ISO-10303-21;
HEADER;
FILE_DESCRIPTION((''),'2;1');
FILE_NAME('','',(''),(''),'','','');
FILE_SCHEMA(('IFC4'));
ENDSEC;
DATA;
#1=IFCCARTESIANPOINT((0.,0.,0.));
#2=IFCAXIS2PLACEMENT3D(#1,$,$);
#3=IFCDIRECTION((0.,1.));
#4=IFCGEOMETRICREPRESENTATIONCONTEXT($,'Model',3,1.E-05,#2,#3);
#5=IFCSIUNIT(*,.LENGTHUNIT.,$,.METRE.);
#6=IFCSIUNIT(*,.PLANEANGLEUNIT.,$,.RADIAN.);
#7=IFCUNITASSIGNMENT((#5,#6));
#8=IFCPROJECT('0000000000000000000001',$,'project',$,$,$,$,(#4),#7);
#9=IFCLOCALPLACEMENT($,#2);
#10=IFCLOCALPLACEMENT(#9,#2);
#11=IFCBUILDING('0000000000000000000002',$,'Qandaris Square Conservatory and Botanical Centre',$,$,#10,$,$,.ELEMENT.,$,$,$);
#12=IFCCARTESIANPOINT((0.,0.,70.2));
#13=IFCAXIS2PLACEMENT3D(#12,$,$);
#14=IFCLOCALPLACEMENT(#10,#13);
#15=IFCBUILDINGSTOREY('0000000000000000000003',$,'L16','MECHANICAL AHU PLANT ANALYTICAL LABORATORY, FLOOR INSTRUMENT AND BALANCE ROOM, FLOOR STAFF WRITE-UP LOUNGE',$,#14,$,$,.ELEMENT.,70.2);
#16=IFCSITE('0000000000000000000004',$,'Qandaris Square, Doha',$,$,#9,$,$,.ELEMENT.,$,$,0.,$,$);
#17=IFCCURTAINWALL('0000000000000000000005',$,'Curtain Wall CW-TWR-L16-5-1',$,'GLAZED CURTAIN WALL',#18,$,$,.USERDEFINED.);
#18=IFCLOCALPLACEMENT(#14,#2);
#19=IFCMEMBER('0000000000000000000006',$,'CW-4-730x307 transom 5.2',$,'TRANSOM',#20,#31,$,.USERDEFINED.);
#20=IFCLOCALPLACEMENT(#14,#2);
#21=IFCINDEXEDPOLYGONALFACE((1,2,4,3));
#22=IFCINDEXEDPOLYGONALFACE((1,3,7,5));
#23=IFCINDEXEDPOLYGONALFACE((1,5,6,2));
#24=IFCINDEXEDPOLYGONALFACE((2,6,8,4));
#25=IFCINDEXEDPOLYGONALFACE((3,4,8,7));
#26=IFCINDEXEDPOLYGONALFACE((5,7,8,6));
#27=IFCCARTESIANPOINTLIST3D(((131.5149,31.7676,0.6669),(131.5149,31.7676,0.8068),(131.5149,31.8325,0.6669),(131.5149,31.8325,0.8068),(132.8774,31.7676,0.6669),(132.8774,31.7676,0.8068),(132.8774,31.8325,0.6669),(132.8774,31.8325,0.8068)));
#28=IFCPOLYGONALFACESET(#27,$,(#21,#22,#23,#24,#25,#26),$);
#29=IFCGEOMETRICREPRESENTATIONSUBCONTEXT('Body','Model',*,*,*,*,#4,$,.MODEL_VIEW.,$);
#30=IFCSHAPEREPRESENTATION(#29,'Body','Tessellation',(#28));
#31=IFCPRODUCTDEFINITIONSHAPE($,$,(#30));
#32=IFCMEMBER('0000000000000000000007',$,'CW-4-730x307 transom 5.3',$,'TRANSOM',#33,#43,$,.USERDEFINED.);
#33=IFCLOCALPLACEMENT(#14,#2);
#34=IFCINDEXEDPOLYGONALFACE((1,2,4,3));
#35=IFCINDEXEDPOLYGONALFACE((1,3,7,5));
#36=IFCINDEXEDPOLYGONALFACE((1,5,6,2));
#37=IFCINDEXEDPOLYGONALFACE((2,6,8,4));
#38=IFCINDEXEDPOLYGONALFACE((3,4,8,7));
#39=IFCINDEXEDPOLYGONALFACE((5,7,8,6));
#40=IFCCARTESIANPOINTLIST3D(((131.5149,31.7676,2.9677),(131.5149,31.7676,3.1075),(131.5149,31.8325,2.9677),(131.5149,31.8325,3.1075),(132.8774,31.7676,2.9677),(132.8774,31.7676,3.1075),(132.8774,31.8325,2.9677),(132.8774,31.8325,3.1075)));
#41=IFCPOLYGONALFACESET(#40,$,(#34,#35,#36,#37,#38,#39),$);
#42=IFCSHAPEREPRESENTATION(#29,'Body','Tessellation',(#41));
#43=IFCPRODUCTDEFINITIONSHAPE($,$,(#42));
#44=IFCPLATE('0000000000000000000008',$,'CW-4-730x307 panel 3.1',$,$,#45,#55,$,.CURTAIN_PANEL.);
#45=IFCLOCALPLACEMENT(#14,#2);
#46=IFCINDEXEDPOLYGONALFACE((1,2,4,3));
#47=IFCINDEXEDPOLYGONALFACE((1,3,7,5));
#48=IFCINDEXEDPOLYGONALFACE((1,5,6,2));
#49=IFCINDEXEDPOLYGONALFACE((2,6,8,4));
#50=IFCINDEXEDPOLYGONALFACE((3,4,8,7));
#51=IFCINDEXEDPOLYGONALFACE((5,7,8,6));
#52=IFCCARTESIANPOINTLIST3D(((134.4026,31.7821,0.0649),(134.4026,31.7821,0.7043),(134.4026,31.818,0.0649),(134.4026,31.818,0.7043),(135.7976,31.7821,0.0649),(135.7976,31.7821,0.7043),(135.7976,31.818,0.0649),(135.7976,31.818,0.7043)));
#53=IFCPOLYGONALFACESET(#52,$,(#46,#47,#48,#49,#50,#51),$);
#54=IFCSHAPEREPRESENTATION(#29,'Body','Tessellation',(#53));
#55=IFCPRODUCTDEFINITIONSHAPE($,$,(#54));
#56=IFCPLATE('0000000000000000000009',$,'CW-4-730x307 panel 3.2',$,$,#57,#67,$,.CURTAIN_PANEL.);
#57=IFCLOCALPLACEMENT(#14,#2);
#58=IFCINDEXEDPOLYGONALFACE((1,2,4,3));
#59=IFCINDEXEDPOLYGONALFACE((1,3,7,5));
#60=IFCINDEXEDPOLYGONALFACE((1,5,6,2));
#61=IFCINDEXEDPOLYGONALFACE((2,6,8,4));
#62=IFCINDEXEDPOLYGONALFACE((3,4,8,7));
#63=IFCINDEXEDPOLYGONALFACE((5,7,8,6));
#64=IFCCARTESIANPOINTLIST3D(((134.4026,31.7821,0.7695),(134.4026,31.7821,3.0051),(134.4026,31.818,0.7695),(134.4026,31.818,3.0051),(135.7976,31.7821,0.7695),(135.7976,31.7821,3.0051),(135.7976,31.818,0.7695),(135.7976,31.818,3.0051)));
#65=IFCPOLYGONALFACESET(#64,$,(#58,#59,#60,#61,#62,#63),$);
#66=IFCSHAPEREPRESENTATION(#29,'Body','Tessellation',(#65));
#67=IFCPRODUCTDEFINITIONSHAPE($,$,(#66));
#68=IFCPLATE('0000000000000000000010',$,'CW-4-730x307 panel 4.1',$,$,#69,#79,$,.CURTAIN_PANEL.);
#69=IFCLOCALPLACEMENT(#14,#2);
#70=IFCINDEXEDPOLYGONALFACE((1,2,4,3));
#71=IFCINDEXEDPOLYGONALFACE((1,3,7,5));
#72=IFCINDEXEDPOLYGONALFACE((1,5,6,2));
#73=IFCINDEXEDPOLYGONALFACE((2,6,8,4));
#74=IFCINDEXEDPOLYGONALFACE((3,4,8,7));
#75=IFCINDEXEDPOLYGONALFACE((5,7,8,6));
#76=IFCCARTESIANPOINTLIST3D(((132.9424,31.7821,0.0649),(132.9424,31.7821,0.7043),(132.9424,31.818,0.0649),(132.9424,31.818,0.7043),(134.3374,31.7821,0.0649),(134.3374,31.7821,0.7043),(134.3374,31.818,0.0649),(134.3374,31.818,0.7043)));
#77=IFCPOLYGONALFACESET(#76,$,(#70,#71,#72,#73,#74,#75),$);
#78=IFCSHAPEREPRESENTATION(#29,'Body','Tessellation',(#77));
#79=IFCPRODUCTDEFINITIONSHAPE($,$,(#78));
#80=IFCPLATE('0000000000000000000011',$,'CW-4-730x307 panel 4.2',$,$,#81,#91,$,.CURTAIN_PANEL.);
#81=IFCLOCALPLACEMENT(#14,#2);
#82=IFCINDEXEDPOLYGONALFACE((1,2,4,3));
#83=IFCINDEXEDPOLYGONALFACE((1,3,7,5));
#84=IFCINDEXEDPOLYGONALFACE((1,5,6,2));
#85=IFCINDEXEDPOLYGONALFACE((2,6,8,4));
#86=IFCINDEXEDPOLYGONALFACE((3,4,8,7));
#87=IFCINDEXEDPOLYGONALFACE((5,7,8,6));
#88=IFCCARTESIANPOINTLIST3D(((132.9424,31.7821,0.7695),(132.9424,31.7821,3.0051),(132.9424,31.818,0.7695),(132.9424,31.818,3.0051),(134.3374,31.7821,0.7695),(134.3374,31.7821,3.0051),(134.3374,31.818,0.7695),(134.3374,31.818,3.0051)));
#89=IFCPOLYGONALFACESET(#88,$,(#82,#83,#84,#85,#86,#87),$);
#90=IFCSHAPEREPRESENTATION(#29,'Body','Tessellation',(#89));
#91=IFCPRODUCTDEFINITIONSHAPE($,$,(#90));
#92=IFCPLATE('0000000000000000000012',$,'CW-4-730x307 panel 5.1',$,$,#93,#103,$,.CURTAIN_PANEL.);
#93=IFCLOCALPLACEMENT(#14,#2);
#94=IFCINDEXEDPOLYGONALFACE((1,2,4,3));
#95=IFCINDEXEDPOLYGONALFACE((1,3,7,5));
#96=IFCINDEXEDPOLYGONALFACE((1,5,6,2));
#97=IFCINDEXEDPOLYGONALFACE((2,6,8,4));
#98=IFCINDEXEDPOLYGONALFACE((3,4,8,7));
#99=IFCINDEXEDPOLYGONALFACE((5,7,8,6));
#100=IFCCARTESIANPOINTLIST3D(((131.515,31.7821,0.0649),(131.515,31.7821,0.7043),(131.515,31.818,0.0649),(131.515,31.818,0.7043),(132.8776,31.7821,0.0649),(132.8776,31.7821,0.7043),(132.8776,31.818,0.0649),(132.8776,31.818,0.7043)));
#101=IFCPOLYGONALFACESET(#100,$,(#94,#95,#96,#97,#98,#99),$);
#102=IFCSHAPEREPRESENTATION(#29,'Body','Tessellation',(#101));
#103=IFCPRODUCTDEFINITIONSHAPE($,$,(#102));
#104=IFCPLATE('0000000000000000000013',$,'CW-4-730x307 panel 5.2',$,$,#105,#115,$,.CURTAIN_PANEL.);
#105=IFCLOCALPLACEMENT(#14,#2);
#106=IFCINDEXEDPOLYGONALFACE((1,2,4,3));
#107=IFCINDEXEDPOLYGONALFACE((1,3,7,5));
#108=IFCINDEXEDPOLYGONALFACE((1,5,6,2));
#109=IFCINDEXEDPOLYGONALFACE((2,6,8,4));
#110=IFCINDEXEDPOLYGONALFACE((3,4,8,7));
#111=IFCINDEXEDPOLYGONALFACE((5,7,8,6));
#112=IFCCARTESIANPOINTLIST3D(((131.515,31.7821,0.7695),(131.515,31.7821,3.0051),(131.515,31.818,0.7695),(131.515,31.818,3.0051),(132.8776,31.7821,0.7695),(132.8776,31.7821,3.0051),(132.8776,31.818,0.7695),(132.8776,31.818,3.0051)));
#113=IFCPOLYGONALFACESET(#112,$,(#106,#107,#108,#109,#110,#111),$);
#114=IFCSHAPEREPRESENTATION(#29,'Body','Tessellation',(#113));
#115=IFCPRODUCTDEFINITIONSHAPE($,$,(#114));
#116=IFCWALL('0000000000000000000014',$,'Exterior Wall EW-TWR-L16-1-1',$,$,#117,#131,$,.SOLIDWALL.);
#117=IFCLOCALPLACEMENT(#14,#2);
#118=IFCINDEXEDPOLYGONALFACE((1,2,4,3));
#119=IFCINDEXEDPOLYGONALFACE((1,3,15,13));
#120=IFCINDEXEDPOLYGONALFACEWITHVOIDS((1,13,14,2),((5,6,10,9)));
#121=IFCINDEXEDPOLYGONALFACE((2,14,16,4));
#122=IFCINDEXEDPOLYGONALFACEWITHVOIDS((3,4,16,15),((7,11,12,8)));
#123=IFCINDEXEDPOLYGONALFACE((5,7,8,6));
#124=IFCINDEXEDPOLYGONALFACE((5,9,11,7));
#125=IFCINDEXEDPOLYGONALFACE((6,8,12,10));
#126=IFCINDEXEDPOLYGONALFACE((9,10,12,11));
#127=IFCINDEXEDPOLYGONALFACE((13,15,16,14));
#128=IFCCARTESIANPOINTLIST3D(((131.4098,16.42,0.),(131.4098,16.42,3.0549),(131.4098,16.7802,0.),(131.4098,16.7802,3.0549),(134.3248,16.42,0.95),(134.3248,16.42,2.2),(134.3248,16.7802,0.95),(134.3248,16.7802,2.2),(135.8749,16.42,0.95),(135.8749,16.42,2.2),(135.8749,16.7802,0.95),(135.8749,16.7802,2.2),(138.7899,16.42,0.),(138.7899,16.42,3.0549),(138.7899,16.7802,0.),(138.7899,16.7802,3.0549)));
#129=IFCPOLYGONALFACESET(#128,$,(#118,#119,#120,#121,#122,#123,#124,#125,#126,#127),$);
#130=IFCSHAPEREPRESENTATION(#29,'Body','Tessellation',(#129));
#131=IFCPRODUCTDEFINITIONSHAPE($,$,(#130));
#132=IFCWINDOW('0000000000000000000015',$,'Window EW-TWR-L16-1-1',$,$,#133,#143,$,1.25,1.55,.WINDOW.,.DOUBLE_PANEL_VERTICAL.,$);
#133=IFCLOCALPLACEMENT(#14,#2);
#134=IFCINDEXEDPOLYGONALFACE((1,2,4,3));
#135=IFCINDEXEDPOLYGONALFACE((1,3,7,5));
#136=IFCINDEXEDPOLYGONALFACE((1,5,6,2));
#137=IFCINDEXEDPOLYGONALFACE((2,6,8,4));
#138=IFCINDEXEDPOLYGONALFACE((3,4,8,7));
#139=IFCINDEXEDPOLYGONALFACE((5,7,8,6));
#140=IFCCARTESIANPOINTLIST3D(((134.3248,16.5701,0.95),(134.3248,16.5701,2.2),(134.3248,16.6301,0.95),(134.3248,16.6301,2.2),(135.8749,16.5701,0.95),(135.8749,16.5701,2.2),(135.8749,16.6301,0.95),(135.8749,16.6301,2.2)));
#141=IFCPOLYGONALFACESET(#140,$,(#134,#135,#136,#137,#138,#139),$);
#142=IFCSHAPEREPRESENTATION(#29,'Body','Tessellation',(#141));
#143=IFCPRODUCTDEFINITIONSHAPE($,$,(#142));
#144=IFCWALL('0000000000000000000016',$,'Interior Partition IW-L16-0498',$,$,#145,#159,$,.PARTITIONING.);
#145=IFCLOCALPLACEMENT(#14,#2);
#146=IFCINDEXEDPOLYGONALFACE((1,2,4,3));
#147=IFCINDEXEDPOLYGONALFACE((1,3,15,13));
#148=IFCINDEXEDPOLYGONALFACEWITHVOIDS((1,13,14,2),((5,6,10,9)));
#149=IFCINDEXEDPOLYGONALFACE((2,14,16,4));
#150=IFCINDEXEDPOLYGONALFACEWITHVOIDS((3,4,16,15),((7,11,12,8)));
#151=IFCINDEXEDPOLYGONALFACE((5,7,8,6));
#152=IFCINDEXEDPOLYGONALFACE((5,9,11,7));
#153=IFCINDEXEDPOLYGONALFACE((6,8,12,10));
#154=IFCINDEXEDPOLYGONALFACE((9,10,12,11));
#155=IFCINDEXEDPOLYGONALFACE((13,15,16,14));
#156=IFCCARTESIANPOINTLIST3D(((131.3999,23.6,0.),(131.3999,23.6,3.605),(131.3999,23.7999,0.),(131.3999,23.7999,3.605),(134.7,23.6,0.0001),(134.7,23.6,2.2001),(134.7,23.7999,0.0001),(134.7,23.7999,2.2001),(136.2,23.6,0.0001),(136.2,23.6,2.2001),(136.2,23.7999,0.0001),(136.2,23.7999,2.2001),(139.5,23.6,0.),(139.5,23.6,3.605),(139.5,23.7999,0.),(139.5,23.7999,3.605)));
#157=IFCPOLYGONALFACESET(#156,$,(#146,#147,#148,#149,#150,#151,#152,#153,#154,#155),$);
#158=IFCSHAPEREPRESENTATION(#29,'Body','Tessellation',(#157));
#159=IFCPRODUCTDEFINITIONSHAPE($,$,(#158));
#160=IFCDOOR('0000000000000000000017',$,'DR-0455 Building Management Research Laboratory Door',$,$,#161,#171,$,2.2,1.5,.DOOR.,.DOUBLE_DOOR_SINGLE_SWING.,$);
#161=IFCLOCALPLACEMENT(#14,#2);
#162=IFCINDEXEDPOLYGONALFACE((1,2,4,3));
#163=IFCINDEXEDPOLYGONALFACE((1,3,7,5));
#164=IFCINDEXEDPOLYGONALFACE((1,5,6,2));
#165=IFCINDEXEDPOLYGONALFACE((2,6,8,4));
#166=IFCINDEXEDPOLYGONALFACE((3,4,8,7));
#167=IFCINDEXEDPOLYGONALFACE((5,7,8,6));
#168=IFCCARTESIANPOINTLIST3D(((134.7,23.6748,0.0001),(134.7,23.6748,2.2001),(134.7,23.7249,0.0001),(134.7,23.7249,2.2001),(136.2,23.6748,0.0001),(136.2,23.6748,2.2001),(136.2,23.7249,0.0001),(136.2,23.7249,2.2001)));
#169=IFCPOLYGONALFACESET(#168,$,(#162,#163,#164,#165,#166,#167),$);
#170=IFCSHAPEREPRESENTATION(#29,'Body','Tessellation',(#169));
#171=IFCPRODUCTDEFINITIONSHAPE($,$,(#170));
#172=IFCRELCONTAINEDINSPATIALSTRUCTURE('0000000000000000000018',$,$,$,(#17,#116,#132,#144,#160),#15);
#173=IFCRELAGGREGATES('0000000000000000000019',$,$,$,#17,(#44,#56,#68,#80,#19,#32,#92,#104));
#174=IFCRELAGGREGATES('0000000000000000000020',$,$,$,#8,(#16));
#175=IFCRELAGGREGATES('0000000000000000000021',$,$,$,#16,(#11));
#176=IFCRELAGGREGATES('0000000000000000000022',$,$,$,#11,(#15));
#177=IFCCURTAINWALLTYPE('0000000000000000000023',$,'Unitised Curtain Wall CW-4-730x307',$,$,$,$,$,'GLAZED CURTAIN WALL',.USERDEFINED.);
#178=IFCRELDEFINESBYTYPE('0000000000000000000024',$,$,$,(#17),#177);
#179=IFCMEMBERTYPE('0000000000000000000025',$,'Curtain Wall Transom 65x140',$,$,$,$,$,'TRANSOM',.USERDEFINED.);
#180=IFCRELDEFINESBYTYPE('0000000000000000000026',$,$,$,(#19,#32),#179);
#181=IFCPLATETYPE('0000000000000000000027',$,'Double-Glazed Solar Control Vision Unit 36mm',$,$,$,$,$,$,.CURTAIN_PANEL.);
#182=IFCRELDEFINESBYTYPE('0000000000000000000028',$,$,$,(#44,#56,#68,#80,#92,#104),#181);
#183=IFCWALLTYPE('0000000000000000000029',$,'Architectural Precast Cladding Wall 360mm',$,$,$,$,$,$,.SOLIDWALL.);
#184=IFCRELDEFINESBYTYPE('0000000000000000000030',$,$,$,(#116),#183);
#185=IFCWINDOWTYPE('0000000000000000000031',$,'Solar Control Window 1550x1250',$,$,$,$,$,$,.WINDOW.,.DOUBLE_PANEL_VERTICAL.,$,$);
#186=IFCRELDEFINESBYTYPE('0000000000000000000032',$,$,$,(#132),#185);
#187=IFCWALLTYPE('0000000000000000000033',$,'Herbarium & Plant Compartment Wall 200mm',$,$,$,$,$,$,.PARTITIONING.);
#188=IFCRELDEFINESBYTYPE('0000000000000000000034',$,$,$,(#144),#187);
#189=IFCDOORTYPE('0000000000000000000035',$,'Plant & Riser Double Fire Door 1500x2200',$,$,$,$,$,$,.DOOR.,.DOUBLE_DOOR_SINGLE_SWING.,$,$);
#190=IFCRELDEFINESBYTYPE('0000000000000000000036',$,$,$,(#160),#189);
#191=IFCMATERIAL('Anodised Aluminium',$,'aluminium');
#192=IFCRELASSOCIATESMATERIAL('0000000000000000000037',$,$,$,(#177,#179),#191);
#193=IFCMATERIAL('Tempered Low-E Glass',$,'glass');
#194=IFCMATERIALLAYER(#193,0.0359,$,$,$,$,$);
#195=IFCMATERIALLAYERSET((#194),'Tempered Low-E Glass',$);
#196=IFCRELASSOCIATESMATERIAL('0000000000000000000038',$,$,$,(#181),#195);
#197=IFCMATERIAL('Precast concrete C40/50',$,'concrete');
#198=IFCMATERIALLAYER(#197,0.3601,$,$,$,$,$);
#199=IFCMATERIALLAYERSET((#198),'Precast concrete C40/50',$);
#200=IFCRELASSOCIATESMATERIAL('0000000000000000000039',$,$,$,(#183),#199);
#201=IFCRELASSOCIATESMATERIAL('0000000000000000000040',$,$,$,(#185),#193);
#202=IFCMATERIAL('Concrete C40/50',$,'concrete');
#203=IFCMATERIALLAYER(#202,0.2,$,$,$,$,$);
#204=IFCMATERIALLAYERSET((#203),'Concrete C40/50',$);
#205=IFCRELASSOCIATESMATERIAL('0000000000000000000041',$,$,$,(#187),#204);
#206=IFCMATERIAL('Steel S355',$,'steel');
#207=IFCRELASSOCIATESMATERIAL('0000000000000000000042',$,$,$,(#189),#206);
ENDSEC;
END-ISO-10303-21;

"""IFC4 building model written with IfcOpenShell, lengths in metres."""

from ifc_helpers import new_model, si_unit, direction, frame, frame_2d, origin, origin_2d, place, context, subcontext, project, spatial, rectangle, extrude, material, layer, layer_set, material_profile, profile_set, type_object, element, fill, aggregate, save


model = new_model("IFC4")

# Units and contexts
model_context = context("Model", 3, precision=1e-05, world=origin(), true_north=direction((0.0, 1.0)))
body_context = subcontext(model_context, "Body", "Model", "MODEL_VIEW")
ifc_project = project(units=[si_unit("LENGTHUNIT", "METRE"), si_unit("PLANEANGLEUNIT", "RADIAN")], contexts=[model_context])

# Site, building, storey
site_placement = place(None, origin())
site = spatial("IfcSite", under=ifc_project, at=site_placement, Name="Qandaris Square, Doha", CompositionType="ELEMENT", RefElevation=0.0)
building_placement = place(site_placement, origin())
building = spatial("IfcBuilding", under=site, at=building_placement, Name="Qandaris Square Conservatory and Botanical Centre", CompositionType="ELEMENT")
storey_placement = place(building_placement, frame((0.0, 0.0, 70.2)))
storey = spatial("IfcBuildingStorey", under=building, at=storey_placement, Name="L16", Description="MECHANICAL AHU PLANT ANALYTICAL LABORATORY, FLOOR INSTRUMENT AND BALANCE ROOM, FLOOR STAFF WRITE-UP LOUNGE", CompositionType="ELEMENT", Elevation=70.2)

# Shared definitions
ifc_material_1 = material(Name="Steel S355", Category="steel")

# Curtain wall, members, plates
ifc_material_2 = material(Name="Anodised Aluminium", Category="aluminium")
curtain_wall_type = type_object("IfcCurtainWallType", Name="Unitised Curtain Wall CW-4-730x307", ElementType="GLAZED CURTAIN WALL", PredefinedType="USERDEFINED", material=ifc_material_2)
curtain_wall_placement = place(storey_placement, origin())
curtain_wall = element("IfcCurtainWall", 1, at=curtain_wall_placement, inside=storey, type_object=curtain_wall_type, Name="Curtain Wall CW-TWR-L16-5-1", ObjectType="GLAZED CURTAIN WALL", PredefinedType="USERDEFINED")
ifc_material_profile_1 = material_profile(ifc_material_2, rectangle(XDim=0.0649, YDim=0.1399, at=origin_2d()), Name="ALU-TRN 65x140")
ifc_profile_set_1 = profile_set([ifc_material_profile_1], Name="Anodised Aluminium")
member_type_1 = type_object("IfcMemberType", Name="Curtain Wall Transom 65x140", ElementType="TRANSOM", PredefinedType="USERDEFINED", material=ifc_profile_set_1)
member_1_placement = place(storey_placement, frame((132.8774, 31.8, 0.7368), z_axis=(-1.0, 0.0, 0.0), x_axis=(0.0, -1.0, 0.0)))
member_1 = element("IfcMember", 2, at=member_1_placement, type_object=member_type_1, Name="CW-4-730x307 transom 5.2", ObjectType="TRANSOM", PredefinedType="USERDEFINED", context=body_context, shape_type="SweptSolid", body=[
    extrude(rectangle(XDim=0.0649, YDim=0.1399, at=origin_2d()), origin(), (0.0, 0.0, 1.0), 1.3625),
])
member_2_placement = place(storey_placement, frame((132.8774, 31.8, 3.0376), z_axis=(-1.0, 0.0, 0.0), x_axis=(0.0, -1.0, 0.0)))
member_2 = element("IfcMember", 3, at=member_2_placement, type_object=member_type_1, Name="CW-4-730x307 transom 5.3", ObjectType="TRANSOM", PredefinedType="USERDEFINED", context=body_context, shape_type="SweptSolid", body=[
    extrude(rectangle(XDim=0.0649, YDim=0.1399, at=origin_2d()), origin(), (0.0, 0.0, 1.0), 1.3625),
])
ifc_material_3 = material(Name="Tempered Low-E Glass", Category="glass")
ifc_layer_1 = layer(ifc_material_3, 0.0359)
ifc_layer_set_1 = layer_set([ifc_layer_1], Name="Tempered Low-E Glass")
plate_type = type_object("IfcPlateType", Name="Double-Glazed Solar Control Vision Unit 36mm", PredefinedType="CURTAIN_PANEL", material=ifc_layer_set_1)
plate_1_placement = place(storey_placement, frame((135.1001, 31.8, 0.0649), z_axis=(0.0, 0.0, 1.0), x_axis=(-1.0, 0.0, 0.0)))
plate_1 = element("IfcPlate", 4, at=plate_1_placement, type_object=plate_type, Name="CW-4-730x307 panel 3.1", PredefinedType="CURTAIN_PANEL", context=body_context, shape_type="SweptSolid", body=[
    extrude(rectangle(XDim=1.395, YDim=0.0359, at=origin_2d()), origin(), (0.0, 0.0, 1.0), 0.6394),
])
plate_2_placement = place(storey_placement, frame((135.1001, 31.8, 0.7695), z_axis=(0.0, 0.0, 1.0), x_axis=(-1.0, 0.0, 0.0)))
plate_2 = element("IfcPlate", 5, at=plate_2_placement, type_object=plate_type, Name="CW-4-730x307 panel 3.2", PredefinedType="CURTAIN_PANEL", context=body_context, shape_type="SweptSolid", body=[
    extrude(rectangle(XDim=1.395, YDim=0.0359, at=origin_2d()), origin(), (0.0, 0.0, 1.0), 2.2356),
])
plate_3_placement = place(storey_placement, frame((133.6399, 31.8, 0.0649), z_axis=(0.0, 0.0, 1.0), x_axis=(-1.0, 0.0, 0.0)))
plate_3 = element("IfcPlate", 6, at=plate_3_placement, type_object=plate_type, Name="CW-4-730x307 panel 4.1", PredefinedType="CURTAIN_PANEL", context=body_context, shape_type="SweptSolid", body=[
    extrude(rectangle(XDim=1.395, YDim=0.0359, at=origin_2d()), origin(), (0.0, 0.0, 1.0), 0.6394),
])
plate_4_placement = place(storey_placement, frame((133.6399, 31.8, 0.7695), z_axis=(0.0, 0.0, 1.0), x_axis=(-1.0, 0.0, 0.0)))
plate_4 = element("IfcPlate", 7, at=plate_4_placement, type_object=plate_type, Name="CW-4-730x307 panel 4.2", PredefinedType="CURTAIN_PANEL", context=body_context, shape_type="SweptSolid", body=[
    extrude(rectangle(XDim=1.395, YDim=0.0359, at=origin_2d()), origin(), (0.0, 0.0, 1.0), 2.2356),
])
plate_5_placement = place(storey_placement, frame((132.1963, 31.8, 0.0649), z_axis=(0.0, 0.0, 1.0), x_axis=(-1.0, 0.0, 0.0)))
plate_5 = element("IfcPlate", 8, at=plate_5_placement, type_object=plate_type, Name="CW-4-730x307 panel 5.1", PredefinedType="CURTAIN_PANEL", context=body_context, shape_type="SweptSolid", body=[
    extrude(rectangle(XDim=1.3625, YDim=0.0359, at=origin_2d()), origin(), (0.0, 0.0, 1.0), 0.6394),
])
plate_6_placement = place(storey_placement, frame((132.1963, 31.8, 0.7695), z_axis=(0.0, 0.0, 1.0), x_axis=(-1.0, 0.0, 0.0)))
plate_6 = element("IfcPlate", 9, at=plate_6_placement, type_object=plate_type, Name="CW-4-730x307 panel 5.2", PredefinedType="CURTAIN_PANEL", context=body_context, shape_type="SweptSolid", body=[
    extrude(rectangle(XDim=1.3625, YDim=0.0359, at=origin_2d()), origin(), (0.0, 0.0, 1.0), 2.2356),
])
aggregate(curtain_wall, [plate_1, plate_2, plate_3, plate_4, member_1, member_2, plate_5, plate_6])

# Wall, opening, window
ifc_material_4 = material(Name="Precast concrete C40/50", Category="concrete")
ifc_layer_2 = layer(ifc_material_4, 0.3601)
ifc_layer_set_2 = layer_set([ifc_layer_2], Name="Precast concrete C40/50")
wall_type_1 = type_object("IfcWallType", Name="Architectural Precast Cladding Wall 360mm", PredefinedType="SOLIDWALL", material=ifc_layer_set_2)
wall_1_placement = place(storey_placement, frame((131.4099, 16.6001, 0.0), z_axis=(0.0, 0.0, 1.0), x_axis=(1.0, 0.0, 0.0)))
wall_1 = element("IfcWall", 10, at=wall_1_placement, inside=storey, type_object=wall_type_1, Name="Exterior Wall EW-TWR-L16-1-1", PredefinedType="SOLIDWALL", context=body_context, shape_type="SweptSolid", body=[
    extrude(rectangle(XDim=7.3801, YDim=0.3601, at=frame_2d((3.6899, 0.0))), origin(), (0.0, 0.0, 1.0), 3.0549),
])
opening_1_placement = place(wall_1_placement, frame((2.915, 0.0, 0.95)))
opening_1 = element("IfcOpeningElement", 11, at=opening_1_placement, cuts=wall_1, PredefinedType="OPENING", context=body_context, shape_type="SweptSolid", body=[
    extrude(rectangle(XDim=1.55, YDim=1.25, at=frame_2d((0.7749, 0.625))), frame((0.0, 0.1919, 0.0), z_axis=(0.0, -1.0, 0.0), x_axis=(1.0, 0.0, 0.0)), (0.0, 0.0, 1.0), 0.384),
])
window_type = type_object("IfcWindowType", Name="Solar Control Window 1550x1250", PartitioningType="DOUBLE_PANEL_VERTICAL", PredefinedType="WINDOW", material=ifc_material_3)
window_placement = place(opening_1_placement, origin())
window = element("IfcWindow", 12, at=window_placement, inside=storey, type_object=window_type, Name="Window EW-TWR-L16-1-1", OverallHeight=1.25, OverallWidth=1.55, PartitioningType="DOUBLE_PANEL_VERTICAL", PredefinedType="WINDOW", context=body_context, shape_type="SweptSolid", body=[
    extrude(rectangle(XDim=1.55, YDim=1.25, at=frame_2d((0.7749, 0.625))), frame((0.0, 0.03, 0.0), z_axis=(0.0, -1.0, 0.0), x_axis=(1.0, 0.0, 0.0)), (0.0, 0.0, 1.0), 0.0601),
])
fill(opening_1, window)

# Wall, opening, door
ifc_material_5 = material(Name="Concrete C40/50", Category="concrete")
ifc_layer_3 = layer(ifc_material_5, 0.2)
ifc_layer_set_3 = layer_set([ifc_layer_3], Name="Concrete C40/50")
wall_type_2 = type_object("IfcWallType", Name="Herbarium & Plant Compartment Wall 200mm", PredefinedType="PARTITIONING", material=ifc_layer_set_3)
wall_2_placement = place(storey_placement, frame((131.3999, 23.7, 0.0), z_axis=(0.0, 0.0, 1.0), x_axis=(1.0, 0.0, 0.0)))
wall_2 = element("IfcWall", 13, at=wall_2_placement, inside=storey, type_object=wall_type_2, Name="Interior Partition IW-L16-0498", PredefinedType="PARTITIONING", context=body_context, shape_type="SweptSolid", body=[
    extrude(rectangle(XDim=8.1001, YDim=0.2, at=frame_2d((4.05, 0.0))), origin(), (0.0, 0.0, 1.0), 3.605),
])
opening_2_placement = place(wall_2_placement, frame((3.3, 0.0, 0.0)))
opening_2 = element("IfcOpeningElement", 14, at=opening_2_placement, cuts=wall_2, PredefinedType="OPENING", context=body_context, shape_type="SweptSolid", body=[
    extrude(rectangle(XDim=1.5, YDim=2.2, at=frame_2d((0.75, 1.1001))), frame((0.0, 0.1118, 0.0), z_axis=(0.0, -1.0, 0.0), x_axis=(1.0, 0.0, 0.0)), (0.0, 0.0, 1.0), 0.2239),
])
door_type = type_object("IfcDoorType", Name="Plant & Riser Double Fire Door 1500x2200", OperationType="DOUBLE_DOOR_SINGLE_SWING", PredefinedType="DOOR", material=ifc_material_1)
door_placement = place(opening_2_placement, origin())
door = element("IfcDoor", 15, at=door_placement, inside=storey, type_object=door_type, Name="DR-0455 Building Management Research Laboratory Door", OperationType="DOUBLE_DOOR_SINGLE_SWING", OverallHeight=2.2, OverallWidth=1.5, PredefinedType="DOOR", context=body_context, shape_type="SweptSolid", body=[
    extrude(rectangle(XDim=1.5, YDim=2.2, at=frame_2d((0.75, 1.1001))), frame((0.0, 0.0249, 0.0), z_axis=(0.0, -1.0, 0.0), x_axis=(1.0, 0.0, 0.0)), (0.0, 0.0, 1.0), 0.05),
])
fill(opening_2, door)

save(model, "model.ifc")
